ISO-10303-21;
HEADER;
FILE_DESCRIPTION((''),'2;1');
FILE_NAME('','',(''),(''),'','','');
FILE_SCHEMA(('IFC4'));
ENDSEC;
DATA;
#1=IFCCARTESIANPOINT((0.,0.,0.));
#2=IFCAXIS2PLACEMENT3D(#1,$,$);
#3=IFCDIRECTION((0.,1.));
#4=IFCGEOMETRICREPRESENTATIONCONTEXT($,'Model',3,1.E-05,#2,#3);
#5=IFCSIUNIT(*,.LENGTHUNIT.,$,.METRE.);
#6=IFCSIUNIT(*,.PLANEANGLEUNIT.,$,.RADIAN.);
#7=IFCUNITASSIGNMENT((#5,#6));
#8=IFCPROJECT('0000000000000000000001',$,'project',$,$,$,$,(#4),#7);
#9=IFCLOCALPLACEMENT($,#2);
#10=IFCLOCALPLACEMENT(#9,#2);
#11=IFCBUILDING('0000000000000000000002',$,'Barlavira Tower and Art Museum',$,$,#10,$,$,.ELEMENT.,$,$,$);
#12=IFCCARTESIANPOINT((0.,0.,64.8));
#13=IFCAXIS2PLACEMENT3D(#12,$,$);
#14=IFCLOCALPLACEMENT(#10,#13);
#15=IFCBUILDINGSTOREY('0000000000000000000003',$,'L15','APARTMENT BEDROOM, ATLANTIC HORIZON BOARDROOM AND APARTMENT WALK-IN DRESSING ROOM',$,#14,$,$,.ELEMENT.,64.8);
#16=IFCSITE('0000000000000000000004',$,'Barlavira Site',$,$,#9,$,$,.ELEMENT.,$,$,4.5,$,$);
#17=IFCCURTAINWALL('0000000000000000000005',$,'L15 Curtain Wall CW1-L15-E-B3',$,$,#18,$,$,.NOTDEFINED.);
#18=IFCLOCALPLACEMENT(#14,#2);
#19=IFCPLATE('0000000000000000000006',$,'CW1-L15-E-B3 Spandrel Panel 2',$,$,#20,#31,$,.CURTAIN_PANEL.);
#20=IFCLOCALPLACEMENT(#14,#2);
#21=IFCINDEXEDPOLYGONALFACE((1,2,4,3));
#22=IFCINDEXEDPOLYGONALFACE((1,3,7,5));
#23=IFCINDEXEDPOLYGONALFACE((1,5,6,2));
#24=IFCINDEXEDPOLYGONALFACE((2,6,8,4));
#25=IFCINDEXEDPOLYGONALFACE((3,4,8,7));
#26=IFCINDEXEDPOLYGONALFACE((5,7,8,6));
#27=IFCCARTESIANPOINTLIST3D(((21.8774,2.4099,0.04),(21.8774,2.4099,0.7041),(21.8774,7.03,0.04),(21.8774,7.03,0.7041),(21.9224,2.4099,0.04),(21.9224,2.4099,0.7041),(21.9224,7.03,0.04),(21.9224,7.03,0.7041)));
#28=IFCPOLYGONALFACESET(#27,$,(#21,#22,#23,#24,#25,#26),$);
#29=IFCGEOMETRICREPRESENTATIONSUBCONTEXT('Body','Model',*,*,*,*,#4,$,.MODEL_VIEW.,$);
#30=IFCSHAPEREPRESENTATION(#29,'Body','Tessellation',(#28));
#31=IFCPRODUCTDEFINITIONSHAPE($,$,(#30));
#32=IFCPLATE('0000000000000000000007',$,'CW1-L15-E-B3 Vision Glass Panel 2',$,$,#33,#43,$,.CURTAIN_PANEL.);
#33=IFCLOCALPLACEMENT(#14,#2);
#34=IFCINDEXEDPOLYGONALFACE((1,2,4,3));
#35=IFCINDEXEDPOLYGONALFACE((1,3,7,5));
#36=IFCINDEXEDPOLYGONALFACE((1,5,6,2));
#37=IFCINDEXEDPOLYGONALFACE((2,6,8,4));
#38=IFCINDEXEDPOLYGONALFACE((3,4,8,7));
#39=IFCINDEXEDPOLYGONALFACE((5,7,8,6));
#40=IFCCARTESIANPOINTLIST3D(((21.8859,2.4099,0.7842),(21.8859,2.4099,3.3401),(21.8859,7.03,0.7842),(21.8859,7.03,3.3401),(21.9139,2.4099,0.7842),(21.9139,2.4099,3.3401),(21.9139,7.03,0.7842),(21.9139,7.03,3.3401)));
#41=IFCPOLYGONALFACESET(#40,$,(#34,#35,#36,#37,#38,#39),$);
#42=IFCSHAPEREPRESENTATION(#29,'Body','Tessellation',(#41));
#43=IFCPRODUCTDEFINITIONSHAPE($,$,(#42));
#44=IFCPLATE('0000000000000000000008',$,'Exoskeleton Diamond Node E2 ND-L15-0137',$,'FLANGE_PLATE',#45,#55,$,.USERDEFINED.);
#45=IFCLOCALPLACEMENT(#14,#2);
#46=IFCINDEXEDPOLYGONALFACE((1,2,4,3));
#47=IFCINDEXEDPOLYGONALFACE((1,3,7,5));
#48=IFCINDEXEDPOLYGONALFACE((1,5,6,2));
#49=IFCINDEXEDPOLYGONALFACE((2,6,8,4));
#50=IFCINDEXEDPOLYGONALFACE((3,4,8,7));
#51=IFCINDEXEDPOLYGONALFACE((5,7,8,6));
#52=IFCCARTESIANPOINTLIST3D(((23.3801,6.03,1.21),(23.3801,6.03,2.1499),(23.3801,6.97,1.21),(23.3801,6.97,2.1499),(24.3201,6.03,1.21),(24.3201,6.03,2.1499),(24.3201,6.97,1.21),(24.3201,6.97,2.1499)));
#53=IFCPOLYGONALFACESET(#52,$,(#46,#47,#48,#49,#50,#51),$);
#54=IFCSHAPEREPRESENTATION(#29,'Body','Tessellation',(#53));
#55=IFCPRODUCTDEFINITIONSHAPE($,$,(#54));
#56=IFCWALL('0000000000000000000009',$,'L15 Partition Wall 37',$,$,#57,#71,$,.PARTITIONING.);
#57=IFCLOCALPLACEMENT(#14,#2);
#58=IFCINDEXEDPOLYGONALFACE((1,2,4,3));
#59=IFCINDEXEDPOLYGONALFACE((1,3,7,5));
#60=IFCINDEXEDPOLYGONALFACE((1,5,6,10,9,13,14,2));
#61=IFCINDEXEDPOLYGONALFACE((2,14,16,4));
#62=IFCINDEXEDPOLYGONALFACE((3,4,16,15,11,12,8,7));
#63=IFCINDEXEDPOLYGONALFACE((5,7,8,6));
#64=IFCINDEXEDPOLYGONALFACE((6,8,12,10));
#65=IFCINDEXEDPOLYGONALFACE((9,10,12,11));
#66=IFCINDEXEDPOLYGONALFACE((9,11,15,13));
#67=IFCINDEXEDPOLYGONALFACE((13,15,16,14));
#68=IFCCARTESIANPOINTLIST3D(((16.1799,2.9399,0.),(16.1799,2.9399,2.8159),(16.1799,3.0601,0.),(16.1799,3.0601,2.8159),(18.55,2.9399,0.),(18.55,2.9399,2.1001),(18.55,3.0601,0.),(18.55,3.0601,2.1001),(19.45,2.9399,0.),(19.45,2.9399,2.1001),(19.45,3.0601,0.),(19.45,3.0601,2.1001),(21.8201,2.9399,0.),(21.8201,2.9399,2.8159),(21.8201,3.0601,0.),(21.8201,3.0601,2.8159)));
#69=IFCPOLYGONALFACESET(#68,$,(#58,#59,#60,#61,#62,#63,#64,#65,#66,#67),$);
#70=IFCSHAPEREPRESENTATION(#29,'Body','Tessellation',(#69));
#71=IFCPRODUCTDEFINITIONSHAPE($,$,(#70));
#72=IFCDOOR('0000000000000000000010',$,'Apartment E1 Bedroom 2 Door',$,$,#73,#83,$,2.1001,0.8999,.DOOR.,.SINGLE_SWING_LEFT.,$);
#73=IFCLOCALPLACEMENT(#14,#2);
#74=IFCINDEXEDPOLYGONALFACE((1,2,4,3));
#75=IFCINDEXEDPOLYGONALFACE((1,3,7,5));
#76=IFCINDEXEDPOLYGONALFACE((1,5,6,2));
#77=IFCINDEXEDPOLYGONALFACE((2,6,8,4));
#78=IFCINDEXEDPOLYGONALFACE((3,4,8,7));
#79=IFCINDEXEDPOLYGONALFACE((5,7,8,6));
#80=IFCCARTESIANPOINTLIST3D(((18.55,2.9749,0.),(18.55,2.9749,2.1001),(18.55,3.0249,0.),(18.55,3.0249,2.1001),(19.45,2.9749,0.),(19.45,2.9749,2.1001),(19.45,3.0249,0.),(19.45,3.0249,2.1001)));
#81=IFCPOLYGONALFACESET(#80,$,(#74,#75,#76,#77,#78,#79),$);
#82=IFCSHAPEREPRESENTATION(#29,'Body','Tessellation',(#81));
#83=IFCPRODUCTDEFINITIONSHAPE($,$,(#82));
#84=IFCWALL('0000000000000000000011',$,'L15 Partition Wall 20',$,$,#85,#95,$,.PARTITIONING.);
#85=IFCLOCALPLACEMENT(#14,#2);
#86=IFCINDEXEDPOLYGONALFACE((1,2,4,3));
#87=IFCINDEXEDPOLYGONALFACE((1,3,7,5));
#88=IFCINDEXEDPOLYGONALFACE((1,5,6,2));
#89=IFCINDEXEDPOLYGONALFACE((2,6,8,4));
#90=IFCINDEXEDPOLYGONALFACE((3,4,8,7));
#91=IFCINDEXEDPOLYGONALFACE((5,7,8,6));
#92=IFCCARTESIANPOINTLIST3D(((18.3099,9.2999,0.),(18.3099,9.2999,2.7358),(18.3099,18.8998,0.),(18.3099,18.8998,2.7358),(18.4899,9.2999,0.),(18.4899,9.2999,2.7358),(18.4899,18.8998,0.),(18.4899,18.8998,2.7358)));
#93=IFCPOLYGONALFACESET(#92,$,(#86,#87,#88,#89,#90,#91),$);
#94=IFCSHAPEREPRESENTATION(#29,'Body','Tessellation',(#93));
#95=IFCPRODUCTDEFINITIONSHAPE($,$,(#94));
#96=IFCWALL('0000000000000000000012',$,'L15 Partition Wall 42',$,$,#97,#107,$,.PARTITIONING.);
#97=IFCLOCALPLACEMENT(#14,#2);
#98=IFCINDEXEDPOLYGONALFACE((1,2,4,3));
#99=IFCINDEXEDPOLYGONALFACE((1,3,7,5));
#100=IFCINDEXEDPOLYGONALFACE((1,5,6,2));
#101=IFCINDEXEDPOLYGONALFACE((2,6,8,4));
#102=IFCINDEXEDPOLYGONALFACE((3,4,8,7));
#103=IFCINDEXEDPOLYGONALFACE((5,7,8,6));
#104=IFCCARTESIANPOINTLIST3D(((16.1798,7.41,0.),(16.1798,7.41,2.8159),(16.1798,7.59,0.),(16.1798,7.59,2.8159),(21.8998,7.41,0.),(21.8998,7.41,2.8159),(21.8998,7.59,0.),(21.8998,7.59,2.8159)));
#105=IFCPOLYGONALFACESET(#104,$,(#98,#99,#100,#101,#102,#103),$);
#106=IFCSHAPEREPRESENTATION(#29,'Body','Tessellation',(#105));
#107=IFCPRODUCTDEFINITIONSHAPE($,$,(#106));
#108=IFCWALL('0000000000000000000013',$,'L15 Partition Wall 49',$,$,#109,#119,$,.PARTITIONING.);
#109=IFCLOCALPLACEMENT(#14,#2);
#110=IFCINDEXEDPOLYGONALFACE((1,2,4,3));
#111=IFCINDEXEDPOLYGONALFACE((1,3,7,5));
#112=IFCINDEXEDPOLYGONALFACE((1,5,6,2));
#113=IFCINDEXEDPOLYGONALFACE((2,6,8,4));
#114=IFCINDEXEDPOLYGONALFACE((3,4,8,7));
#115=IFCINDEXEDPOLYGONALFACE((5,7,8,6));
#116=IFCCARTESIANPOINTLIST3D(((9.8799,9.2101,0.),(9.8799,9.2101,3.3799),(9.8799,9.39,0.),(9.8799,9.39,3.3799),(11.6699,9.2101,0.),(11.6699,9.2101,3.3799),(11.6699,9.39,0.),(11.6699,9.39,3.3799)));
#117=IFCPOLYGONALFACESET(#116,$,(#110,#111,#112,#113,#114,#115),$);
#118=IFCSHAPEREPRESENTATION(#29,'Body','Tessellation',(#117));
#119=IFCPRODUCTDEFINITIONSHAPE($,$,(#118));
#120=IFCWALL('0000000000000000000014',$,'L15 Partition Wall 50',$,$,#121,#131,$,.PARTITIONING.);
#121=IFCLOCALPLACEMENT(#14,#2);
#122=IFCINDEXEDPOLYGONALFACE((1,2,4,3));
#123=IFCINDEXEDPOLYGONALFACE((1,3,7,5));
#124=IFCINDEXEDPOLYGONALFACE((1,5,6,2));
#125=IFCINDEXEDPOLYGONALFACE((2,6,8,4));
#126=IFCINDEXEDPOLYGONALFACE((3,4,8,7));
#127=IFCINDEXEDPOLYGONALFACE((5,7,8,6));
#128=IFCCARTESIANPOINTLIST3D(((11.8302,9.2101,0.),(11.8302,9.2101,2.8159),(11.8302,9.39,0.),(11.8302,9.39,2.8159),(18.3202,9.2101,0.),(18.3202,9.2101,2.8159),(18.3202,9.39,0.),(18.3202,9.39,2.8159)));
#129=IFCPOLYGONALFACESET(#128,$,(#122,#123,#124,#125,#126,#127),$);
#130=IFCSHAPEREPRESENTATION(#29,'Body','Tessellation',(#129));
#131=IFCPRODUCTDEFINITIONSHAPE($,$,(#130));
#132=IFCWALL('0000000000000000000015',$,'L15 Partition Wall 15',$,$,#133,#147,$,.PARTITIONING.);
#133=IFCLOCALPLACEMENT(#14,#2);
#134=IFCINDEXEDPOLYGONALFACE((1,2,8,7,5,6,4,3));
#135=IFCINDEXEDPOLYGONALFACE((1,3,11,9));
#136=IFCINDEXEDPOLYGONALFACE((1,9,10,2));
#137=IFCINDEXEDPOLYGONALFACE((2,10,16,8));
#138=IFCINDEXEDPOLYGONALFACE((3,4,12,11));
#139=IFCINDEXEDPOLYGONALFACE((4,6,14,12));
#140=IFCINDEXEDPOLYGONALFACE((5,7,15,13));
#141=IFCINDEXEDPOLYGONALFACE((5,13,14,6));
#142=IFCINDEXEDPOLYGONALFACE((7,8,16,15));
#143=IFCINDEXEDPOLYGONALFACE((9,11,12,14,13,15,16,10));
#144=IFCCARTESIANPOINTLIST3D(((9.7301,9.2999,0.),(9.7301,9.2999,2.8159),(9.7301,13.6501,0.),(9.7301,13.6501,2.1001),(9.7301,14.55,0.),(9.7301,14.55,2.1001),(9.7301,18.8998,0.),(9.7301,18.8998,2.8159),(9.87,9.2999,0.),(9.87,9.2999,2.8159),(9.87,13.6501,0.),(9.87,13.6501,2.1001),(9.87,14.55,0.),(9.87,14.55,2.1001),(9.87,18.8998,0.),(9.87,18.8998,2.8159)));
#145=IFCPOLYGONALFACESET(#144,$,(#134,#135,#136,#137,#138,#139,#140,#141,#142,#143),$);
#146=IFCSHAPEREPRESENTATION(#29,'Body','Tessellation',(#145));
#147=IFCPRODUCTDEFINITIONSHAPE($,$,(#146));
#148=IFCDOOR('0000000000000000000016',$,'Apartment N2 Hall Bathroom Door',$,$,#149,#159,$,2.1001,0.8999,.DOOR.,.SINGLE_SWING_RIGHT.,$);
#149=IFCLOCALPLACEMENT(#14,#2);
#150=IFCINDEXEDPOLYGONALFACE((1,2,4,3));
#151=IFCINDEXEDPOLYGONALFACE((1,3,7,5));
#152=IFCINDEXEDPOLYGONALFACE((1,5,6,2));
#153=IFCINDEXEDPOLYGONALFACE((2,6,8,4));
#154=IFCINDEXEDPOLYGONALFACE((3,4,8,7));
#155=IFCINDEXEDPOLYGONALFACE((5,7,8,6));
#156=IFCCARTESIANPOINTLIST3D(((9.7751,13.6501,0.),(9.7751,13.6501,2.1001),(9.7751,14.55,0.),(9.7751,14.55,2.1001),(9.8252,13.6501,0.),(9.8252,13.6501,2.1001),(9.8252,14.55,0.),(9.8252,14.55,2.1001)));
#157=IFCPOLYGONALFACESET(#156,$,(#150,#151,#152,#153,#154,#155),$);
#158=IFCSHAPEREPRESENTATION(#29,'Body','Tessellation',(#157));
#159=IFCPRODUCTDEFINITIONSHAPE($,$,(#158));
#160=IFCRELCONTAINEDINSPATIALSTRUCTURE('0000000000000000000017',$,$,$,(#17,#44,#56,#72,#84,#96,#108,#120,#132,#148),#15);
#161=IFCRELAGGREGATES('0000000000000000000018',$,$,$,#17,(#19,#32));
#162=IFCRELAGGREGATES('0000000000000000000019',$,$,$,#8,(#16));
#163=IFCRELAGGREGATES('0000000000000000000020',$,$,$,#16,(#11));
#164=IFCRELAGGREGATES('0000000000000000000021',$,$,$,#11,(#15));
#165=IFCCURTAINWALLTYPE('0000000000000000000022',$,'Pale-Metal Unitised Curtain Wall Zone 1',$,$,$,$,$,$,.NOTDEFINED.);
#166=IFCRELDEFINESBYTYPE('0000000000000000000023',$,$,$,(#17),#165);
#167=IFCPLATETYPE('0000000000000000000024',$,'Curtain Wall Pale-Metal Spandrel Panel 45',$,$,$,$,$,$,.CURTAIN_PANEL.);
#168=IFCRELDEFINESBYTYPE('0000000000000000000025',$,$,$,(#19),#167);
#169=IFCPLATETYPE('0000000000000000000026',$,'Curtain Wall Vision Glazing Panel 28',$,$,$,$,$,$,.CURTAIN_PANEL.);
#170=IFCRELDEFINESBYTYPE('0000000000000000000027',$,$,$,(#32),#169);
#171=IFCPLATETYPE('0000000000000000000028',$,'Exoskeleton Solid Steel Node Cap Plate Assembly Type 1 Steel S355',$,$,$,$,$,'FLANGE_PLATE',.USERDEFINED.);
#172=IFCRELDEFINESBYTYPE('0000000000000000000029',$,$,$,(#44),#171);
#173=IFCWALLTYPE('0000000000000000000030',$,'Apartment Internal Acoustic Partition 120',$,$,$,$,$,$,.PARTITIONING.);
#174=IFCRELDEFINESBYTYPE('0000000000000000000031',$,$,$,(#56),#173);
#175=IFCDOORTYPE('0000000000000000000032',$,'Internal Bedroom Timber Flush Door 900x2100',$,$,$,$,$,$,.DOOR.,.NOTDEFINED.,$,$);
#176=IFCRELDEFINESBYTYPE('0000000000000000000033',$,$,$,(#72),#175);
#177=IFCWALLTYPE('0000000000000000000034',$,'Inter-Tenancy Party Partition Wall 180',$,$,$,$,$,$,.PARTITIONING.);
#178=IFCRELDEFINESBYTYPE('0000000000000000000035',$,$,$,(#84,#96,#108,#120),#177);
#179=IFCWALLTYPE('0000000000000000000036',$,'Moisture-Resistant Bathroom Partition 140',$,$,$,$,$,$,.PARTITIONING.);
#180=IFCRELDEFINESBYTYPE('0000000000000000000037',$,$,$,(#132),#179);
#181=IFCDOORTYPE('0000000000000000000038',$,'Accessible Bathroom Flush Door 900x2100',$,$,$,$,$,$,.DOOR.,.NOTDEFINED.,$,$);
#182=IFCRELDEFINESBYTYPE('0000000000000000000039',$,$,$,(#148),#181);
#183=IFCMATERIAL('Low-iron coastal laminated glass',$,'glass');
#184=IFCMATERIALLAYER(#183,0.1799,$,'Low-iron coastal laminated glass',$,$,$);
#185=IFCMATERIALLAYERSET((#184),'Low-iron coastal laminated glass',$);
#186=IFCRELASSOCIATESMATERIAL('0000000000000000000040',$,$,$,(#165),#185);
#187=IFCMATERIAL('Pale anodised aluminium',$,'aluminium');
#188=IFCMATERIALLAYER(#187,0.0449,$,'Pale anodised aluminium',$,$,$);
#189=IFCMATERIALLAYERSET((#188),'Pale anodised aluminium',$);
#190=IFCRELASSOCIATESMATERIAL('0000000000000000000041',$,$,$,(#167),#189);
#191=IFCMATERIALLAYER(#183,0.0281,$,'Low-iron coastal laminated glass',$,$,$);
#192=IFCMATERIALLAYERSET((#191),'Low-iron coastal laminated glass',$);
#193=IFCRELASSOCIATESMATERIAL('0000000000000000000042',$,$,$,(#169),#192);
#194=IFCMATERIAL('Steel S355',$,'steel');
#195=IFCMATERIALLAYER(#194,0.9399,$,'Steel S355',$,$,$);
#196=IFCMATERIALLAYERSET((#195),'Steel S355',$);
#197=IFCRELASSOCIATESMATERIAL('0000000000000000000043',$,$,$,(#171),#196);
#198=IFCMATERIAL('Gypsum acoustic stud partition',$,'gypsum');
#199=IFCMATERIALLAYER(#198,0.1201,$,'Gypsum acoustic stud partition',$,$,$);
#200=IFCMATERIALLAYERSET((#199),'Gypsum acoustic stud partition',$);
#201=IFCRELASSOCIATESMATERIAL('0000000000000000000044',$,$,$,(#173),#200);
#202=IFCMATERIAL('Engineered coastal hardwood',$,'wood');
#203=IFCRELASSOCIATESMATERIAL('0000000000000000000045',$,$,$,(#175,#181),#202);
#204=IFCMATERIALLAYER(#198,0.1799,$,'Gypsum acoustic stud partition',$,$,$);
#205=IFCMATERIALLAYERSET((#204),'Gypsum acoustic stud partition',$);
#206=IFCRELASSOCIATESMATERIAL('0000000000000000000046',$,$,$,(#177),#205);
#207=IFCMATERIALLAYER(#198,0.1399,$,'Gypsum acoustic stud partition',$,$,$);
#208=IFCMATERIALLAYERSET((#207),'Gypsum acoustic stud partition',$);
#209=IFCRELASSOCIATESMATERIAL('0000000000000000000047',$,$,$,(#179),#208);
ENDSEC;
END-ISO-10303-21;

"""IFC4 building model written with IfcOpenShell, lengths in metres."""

from ifc_helpers import new_model, si_unit, direction, frame, frame_2d, origin, origin_2d, place, context, subcontext, project, spatial, rectangle, extrude, material, layer, layer_set, type_object, element, fill, aggregate, save


model = new_model("IFC4")

# Units and contexts
model_context = context("Model", 3, precision=1e-05, world=origin(), true_north=direction((0.0, 1.0)))
body_context = subcontext(model_context, "Body", "Model", "MODEL_VIEW")
ifc_project = project(units=[si_unit("LENGTHUNIT", "METRE"), si_unit("PLANEANGLEUNIT", "RADIAN")], contexts=[model_context])

# Site, building, storey
site_placement = place(None, origin())
site = spatial("IfcSite", under=ifc_project, at=site_placement, Name="Barlavira Site", CompositionType="ELEMENT", RefElevation=4.5)
building_placement = place(site_placement, origin())
building = spatial("IfcBuilding", under=site, at=building_placement, Name="Barlavira Tower and Art Museum", CompositionType="ELEMENT")
storey_placement = place(building_placement, frame((0.0, 0.0, 64.8)))
storey = spatial("IfcBuildingStorey", under=building, at=storey_placement, Name="L15", Description="APARTMENT BEDROOM, ATLANTIC HORIZON BOARDROOM AND APARTMENT WALK-IN DRESSING ROOM", CompositionType="ELEMENT", Elevation=64.8)

# Curtain wall
ifc_material_1 = material(Name="Low-iron coastal laminated glass", Category="glass")
ifc_layer_1 = layer(ifc_material_1, 0.1799, Name="Low-iron coastal laminated glass")
ifc_layer_set_1 = layer_set([ifc_layer_1], Name="Low-iron coastal laminated glass")
curtain_wall_type = type_object("IfcCurtainWallType", Name="Pale-Metal Unitised Curtain Wall Zone 1", PredefinedType="NOTDEFINED", material=ifc_layer_set_1)
curtain_wall_placement = place(storey_placement, origin())
curtain_wall = element("IfcCurtainWall", 1, at=curtain_wall_placement, inside=storey, type_object=curtain_wall_type, Name="L15 Curtain Wall CW1-L15-E-B3", PredefinedType="NOTDEFINED")
ifc_material_2 = material(Name="Pale anodised aluminium", Category="aluminium")

# Shared definitions
ifc_material_3 = material(Name="Steel S355", Category="steel")

# Plates
ifc_layer_2 = layer(ifc_material_2, 0.0449, Name="Pale anodised aluminium")
ifc_layer_set_2 = layer_set([ifc_layer_2], Name="Pale anodised aluminium")
plate_type_1 = type_object("IfcPlateType", Name="Curtain Wall Pale-Metal Spandrel Panel 45", PredefinedType="CURTAIN_PANEL", material=ifc_layer_set_2)
plate_1_placement = place(storey_placement, frame((21.8999, 4.72, 0.04), z_axis=(0.0, 0.0, 1.0), x_axis=(0.0, 1.0, 0.0)))
plate_1 = element("IfcPlate", 2, at=plate_1_placement, type_object=plate_type_1, Name="CW1-L15-E-B3 Spandrel Panel 2", PredefinedType="CURTAIN_PANEL", context=body_context, shape_type="SweptSolid", body=[
    extrude(rectangle(XDim=4.6201, YDim=0.0449, at=origin_2d()), origin(), (0.0, 0.0, 1.0), 0.6641),
])
ifc_layer_3 = layer(ifc_material_1, 0.0281, Name="Low-iron coastal laminated glass")
ifc_layer_set_3 = layer_set([ifc_layer_3], Name="Low-iron coastal laminated glass")
plate_type_2 = type_object("IfcPlateType", Name="Curtain Wall Vision Glazing Panel 28", PredefinedType="CURTAIN_PANEL", material=ifc_layer_set_3)
plate_2_placement = place(storey_placement, frame((21.8999, 4.72, 0.7842), z_axis=(0.0, 0.0, 1.0), x_axis=(0.0, 1.0, 0.0)))
plate_2 = element("IfcPlate", 3, at=plate_2_placement, type_object=plate_type_2, Name="CW1-L15-E-B3 Vision Glass Panel 2", PredefinedType="CURTAIN_PANEL", context=body_context, shape_type="SweptSolid", body=[
    extrude(rectangle(XDim=4.6201, YDim=0.0281, at=origin_2d()), origin(), (0.0, 0.0, 1.0), 2.5559),
])
aggregate(curtain_wall, [plate_1, plate_2])
ifc_layer_4 = layer(ifc_material_3, 0.9399, Name="Steel S355")
ifc_layer_set_4 = layer_set([ifc_layer_4], Name="Steel S355")
plate_type_3 = type_object("IfcPlateType", Name="Exoskeleton Solid Steel Node Cap Plate Assembly Type 1 Steel S355", ElementType="FLANGE_PLATE", PredefinedType="USERDEFINED", material=ifc_layer_set_4)
plate_3_placement = place(storey_placement, frame((23.8501, 6.5, 1.21), z_axis=(0.0, 0.0, 1.0), x_axis=(1.0, 0.0, 0.0)))
element("IfcPlate", 4, at=plate_3_placement, inside=storey, type_object=plate_type_3, Name="Exoskeleton Diamond Node E2 ND-L15-0137", ObjectType="FLANGE_PLATE", PredefinedType="USERDEFINED", context=body_context, shape_type="SweptSolid", body=[
    extrude(rectangle(XDim=0.9399, YDim=0.9399, at=origin_2d()), origin(), (0.0, 0.0, 1.0), 0.9399),
])

# Wall, opening, door
ifc_material_4 = material(Name="Gypsum acoustic stud partition", Category="gypsum")
ifc_layer_5 = layer(ifc_material_4, 0.1201, Name="Gypsum acoustic stud partition")
ifc_layer_set_5 = layer_set([ifc_layer_5], Name="Gypsum acoustic stud partition")
wall_type_1 = type_object("IfcWallType", Name="Apartment Internal Acoustic Partition 120", PredefinedType="PARTITIONING", material=ifc_layer_set_5)
wall_1_placement = place(storey_placement, frame((16.1799, 3.0, 0.0), z_axis=(0.0, 0.0, 1.0), x_axis=(1.0, 0.0, 0.0)))
wall_1 = element("IfcWall", 5, at=wall_1_placement, inside=storey, type_object=wall_type_1, Name="L15 Partition Wall 37", PredefinedType="PARTITIONING", context=body_context, shape_type="SweptSolid", body=[
    extrude(rectangle(XDim=5.6401, YDim=0.1201, at=frame_2d((2.8201, 0.0))), origin(), (0.0, 0.0, 1.0), 2.8159),
])
opening_1_placement = place(wall_1_placement, frame((2.3701, 0.0, 0.0)))
opening_1 = element("IfcOpeningElement", 6, at=opening_1_placement, cuts=wall_1, PredefinedType="OPENING", context=body_context, shape_type="SweptSolid", body=[
    extrude(rectangle(XDim=0.8999, YDim=2.1001, at=frame_2d((0.45, 1.05))), frame((0.0, 0.0701, 0.0), z_axis=(0.0, -1.0, 0.0), x_axis=(1.0, 0.0, 0.0)), (0.0, 0.0, 1.0), 0.1401),
])
ifc_material_5 = material(Name="Engineered coastal hardwood", Category="wood")
door_type_1 = type_object("IfcDoorType", Name="Internal Bedroom Timber Flush Door 900x2100", OperationType="NOTDEFINED", PredefinedType="DOOR", material=ifc_material_5)
door_1_placement = place(opening_1_placement, origin())
door_1 = element("IfcDoor", 7, at=door_1_placement, inside=storey, type_object=door_type_1, Name="Apartment E1 Bedroom 2 Door", OperationType="SINGLE_SWING_LEFT", OverallHeight=2.1001, OverallWidth=0.8999, PredefinedType="DOOR", context=body_context, shape_type="SweptSolid", body=[
    extrude(rectangle(XDim=0.8999, YDim=2.1001, at=frame_2d((0.45, 1.05))), frame((0.0, 0.0249, 0.0), z_axis=(0.0, -1.0, 0.0), x_axis=(1.0, 0.0, 0.0)), (0.0, 0.0, 1.0), 0.05),
])
fill(opening_1, door_1)

# Walls
ifc_layer_6 = layer(ifc_material_4, 0.1799, Name="Gypsum acoustic stud partition")
ifc_layer_set_6 = layer_set([ifc_layer_6], Name="Gypsum acoustic stud partition")
wall_type_2 = type_object("IfcWallType", Name="Inter-Tenancy Party Partition Wall 180", PredefinedType="PARTITIONING", material=ifc_layer_set_6)
wall_2_placement = place(storey_placement, frame((18.3999, 9.3, 0.0), z_axis=(0.0, 0.0, 1.0), x_axis=(0.0, 1.0, 0.0)))
element("IfcWall", 8, at=wall_2_placement, inside=storey, type_object=wall_type_2, Name="L15 Partition Wall 20", PredefinedType="PARTITIONING", context=body_context, shape_type="SweptSolid", body=[
    extrude(rectangle(XDim=9.5999, YDim=0.1799, at=frame_2d((4.7998, 0.0))), origin(), (0.0, 0.0, 1.0), 2.7358),
])
wall_3_placement = place(storey_placement, frame((16.1799, 7.5, 0.0), z_axis=(0.0, 0.0, 1.0), x_axis=(1.0, 0.0, 0.0)))
element("IfcWall", 9, at=wall_3_placement, inside=storey, type_object=wall_type_2, Name="L15 Partition Wall 42", PredefinedType="PARTITIONING", context=body_context, shape_type="SweptSolid", body=[
    extrude(rectangle(XDim=5.72, YDim=0.1799, at=frame_2d((2.8599, 0.0))), origin(), (0.0, 0.0, 1.0), 2.8159),
])
wall_4_placement = place(storey_placement, frame((9.8799, 9.3, 0.0), z_axis=(0.0, 0.0, 1.0), x_axis=(1.0, 0.0, 0.0)))
element("IfcWall", 10, at=wall_4_placement, inside=storey, type_object=wall_type_2, Name="L15 Partition Wall 49", PredefinedType="PARTITIONING", context=body_context, shape_type="SweptSolid", body=[
    extrude(rectangle(XDim=1.79, YDim=0.1799, at=frame_2d((0.895, 0.0))), origin(), (0.0, 0.0, 1.0), 3.3799),
])
wall_5_placement = place(storey_placement, frame((11.8301, 9.3, 0.0), z_axis=(0.0, 0.0, 1.0), x_axis=(1.0, 0.0, 0.0)))
element("IfcWall", 11, at=wall_5_placement, inside=storey, type_object=wall_type_2, Name="L15 Partition Wall 50", PredefinedType="PARTITIONING", context=body_context, shape_type="SweptSolid", body=[
    extrude(rectangle(XDim=6.49, YDim=0.1799, at=frame_2d((3.2451, 0.0))), origin(), (0.0, 0.0, 1.0), 2.8159),
])

# Wall, opening, door
ifc_layer_7 = layer(ifc_material_4, 0.1399, Name="Gypsum acoustic stud partition")
ifc_layer_set_7 = layer_set([ifc_layer_7], Name="Gypsum acoustic stud partition")
wall_type_3 = type_object("IfcWallType", Name="Moisture-Resistant Bathroom Partition 140", PredefinedType="PARTITIONING", material=ifc_layer_set_7)
wall_6_placement = place(storey_placement, frame((9.8, 9.3, 0.0), z_axis=(0.0, 0.0, 1.0), x_axis=(0.0, 1.0, 0.0)))
wall_6 = element("IfcWall", 12, at=wall_6_placement, inside=storey, type_object=wall_type_3, Name="L15 Partition Wall 15", PredefinedType="PARTITIONING", context=body_context, shape_type="SweptSolid", body=[
    extrude(rectangle(XDim=9.5999, YDim=0.1399, at=frame_2d((4.7998, 0.0))), origin(), (0.0, 0.0, 1.0), 2.8159),
])
opening_2_placement = place(wall_6_placement, frame((4.3501, 0.0, 0.0)))
opening_2 = element("IfcOpeningElement", 13, at=opening_2_placement, cuts=wall_6, PredefinedType="OPENING", context=body_context, shape_type="SweptSolid", body=[
    extrude(rectangle(XDim=0.8999, YDim=2.1001, at=frame_2d((0.45, 1.05))), frame((0.0, 0.0801, 0.0), z_axis=(0.0, -1.0, 0.0), x_axis=(1.0, 0.0, 0.0)), (0.0, 0.0, 1.0), 0.1599),
])
door_type_2 = type_object("IfcDoorType", Name="Accessible Bathroom Flush Door 900x2100", OperationType="NOTDEFINED", PredefinedType="DOOR", material=ifc_material_5)
door_2_placement = place(opening_2_placement, origin())
door_2 = element("IfcDoor", 14, at=door_2_placement, inside=storey, type_object=door_type_2, Name="Apartment N2 Hall Bathroom Door", OperationType="SINGLE_SWING_RIGHT", OverallHeight=2.1001, OverallWidth=0.8999, PredefinedType="DOOR", context=body_context, shape_type="SweptSolid", body=[
    extrude(rectangle(XDim=0.8999, YDim=2.1001, at=frame_2d((0.45, 1.05))), frame((0.0, 0.0249, 0.0), z_axis=(0.0, -1.0, 0.0), x_axis=(1.0, 0.0, 0.0)), (0.0, 0.0, 1.0), 0.05),
])
fill(opening_2, door_2)

save(model, "model.ifc")
